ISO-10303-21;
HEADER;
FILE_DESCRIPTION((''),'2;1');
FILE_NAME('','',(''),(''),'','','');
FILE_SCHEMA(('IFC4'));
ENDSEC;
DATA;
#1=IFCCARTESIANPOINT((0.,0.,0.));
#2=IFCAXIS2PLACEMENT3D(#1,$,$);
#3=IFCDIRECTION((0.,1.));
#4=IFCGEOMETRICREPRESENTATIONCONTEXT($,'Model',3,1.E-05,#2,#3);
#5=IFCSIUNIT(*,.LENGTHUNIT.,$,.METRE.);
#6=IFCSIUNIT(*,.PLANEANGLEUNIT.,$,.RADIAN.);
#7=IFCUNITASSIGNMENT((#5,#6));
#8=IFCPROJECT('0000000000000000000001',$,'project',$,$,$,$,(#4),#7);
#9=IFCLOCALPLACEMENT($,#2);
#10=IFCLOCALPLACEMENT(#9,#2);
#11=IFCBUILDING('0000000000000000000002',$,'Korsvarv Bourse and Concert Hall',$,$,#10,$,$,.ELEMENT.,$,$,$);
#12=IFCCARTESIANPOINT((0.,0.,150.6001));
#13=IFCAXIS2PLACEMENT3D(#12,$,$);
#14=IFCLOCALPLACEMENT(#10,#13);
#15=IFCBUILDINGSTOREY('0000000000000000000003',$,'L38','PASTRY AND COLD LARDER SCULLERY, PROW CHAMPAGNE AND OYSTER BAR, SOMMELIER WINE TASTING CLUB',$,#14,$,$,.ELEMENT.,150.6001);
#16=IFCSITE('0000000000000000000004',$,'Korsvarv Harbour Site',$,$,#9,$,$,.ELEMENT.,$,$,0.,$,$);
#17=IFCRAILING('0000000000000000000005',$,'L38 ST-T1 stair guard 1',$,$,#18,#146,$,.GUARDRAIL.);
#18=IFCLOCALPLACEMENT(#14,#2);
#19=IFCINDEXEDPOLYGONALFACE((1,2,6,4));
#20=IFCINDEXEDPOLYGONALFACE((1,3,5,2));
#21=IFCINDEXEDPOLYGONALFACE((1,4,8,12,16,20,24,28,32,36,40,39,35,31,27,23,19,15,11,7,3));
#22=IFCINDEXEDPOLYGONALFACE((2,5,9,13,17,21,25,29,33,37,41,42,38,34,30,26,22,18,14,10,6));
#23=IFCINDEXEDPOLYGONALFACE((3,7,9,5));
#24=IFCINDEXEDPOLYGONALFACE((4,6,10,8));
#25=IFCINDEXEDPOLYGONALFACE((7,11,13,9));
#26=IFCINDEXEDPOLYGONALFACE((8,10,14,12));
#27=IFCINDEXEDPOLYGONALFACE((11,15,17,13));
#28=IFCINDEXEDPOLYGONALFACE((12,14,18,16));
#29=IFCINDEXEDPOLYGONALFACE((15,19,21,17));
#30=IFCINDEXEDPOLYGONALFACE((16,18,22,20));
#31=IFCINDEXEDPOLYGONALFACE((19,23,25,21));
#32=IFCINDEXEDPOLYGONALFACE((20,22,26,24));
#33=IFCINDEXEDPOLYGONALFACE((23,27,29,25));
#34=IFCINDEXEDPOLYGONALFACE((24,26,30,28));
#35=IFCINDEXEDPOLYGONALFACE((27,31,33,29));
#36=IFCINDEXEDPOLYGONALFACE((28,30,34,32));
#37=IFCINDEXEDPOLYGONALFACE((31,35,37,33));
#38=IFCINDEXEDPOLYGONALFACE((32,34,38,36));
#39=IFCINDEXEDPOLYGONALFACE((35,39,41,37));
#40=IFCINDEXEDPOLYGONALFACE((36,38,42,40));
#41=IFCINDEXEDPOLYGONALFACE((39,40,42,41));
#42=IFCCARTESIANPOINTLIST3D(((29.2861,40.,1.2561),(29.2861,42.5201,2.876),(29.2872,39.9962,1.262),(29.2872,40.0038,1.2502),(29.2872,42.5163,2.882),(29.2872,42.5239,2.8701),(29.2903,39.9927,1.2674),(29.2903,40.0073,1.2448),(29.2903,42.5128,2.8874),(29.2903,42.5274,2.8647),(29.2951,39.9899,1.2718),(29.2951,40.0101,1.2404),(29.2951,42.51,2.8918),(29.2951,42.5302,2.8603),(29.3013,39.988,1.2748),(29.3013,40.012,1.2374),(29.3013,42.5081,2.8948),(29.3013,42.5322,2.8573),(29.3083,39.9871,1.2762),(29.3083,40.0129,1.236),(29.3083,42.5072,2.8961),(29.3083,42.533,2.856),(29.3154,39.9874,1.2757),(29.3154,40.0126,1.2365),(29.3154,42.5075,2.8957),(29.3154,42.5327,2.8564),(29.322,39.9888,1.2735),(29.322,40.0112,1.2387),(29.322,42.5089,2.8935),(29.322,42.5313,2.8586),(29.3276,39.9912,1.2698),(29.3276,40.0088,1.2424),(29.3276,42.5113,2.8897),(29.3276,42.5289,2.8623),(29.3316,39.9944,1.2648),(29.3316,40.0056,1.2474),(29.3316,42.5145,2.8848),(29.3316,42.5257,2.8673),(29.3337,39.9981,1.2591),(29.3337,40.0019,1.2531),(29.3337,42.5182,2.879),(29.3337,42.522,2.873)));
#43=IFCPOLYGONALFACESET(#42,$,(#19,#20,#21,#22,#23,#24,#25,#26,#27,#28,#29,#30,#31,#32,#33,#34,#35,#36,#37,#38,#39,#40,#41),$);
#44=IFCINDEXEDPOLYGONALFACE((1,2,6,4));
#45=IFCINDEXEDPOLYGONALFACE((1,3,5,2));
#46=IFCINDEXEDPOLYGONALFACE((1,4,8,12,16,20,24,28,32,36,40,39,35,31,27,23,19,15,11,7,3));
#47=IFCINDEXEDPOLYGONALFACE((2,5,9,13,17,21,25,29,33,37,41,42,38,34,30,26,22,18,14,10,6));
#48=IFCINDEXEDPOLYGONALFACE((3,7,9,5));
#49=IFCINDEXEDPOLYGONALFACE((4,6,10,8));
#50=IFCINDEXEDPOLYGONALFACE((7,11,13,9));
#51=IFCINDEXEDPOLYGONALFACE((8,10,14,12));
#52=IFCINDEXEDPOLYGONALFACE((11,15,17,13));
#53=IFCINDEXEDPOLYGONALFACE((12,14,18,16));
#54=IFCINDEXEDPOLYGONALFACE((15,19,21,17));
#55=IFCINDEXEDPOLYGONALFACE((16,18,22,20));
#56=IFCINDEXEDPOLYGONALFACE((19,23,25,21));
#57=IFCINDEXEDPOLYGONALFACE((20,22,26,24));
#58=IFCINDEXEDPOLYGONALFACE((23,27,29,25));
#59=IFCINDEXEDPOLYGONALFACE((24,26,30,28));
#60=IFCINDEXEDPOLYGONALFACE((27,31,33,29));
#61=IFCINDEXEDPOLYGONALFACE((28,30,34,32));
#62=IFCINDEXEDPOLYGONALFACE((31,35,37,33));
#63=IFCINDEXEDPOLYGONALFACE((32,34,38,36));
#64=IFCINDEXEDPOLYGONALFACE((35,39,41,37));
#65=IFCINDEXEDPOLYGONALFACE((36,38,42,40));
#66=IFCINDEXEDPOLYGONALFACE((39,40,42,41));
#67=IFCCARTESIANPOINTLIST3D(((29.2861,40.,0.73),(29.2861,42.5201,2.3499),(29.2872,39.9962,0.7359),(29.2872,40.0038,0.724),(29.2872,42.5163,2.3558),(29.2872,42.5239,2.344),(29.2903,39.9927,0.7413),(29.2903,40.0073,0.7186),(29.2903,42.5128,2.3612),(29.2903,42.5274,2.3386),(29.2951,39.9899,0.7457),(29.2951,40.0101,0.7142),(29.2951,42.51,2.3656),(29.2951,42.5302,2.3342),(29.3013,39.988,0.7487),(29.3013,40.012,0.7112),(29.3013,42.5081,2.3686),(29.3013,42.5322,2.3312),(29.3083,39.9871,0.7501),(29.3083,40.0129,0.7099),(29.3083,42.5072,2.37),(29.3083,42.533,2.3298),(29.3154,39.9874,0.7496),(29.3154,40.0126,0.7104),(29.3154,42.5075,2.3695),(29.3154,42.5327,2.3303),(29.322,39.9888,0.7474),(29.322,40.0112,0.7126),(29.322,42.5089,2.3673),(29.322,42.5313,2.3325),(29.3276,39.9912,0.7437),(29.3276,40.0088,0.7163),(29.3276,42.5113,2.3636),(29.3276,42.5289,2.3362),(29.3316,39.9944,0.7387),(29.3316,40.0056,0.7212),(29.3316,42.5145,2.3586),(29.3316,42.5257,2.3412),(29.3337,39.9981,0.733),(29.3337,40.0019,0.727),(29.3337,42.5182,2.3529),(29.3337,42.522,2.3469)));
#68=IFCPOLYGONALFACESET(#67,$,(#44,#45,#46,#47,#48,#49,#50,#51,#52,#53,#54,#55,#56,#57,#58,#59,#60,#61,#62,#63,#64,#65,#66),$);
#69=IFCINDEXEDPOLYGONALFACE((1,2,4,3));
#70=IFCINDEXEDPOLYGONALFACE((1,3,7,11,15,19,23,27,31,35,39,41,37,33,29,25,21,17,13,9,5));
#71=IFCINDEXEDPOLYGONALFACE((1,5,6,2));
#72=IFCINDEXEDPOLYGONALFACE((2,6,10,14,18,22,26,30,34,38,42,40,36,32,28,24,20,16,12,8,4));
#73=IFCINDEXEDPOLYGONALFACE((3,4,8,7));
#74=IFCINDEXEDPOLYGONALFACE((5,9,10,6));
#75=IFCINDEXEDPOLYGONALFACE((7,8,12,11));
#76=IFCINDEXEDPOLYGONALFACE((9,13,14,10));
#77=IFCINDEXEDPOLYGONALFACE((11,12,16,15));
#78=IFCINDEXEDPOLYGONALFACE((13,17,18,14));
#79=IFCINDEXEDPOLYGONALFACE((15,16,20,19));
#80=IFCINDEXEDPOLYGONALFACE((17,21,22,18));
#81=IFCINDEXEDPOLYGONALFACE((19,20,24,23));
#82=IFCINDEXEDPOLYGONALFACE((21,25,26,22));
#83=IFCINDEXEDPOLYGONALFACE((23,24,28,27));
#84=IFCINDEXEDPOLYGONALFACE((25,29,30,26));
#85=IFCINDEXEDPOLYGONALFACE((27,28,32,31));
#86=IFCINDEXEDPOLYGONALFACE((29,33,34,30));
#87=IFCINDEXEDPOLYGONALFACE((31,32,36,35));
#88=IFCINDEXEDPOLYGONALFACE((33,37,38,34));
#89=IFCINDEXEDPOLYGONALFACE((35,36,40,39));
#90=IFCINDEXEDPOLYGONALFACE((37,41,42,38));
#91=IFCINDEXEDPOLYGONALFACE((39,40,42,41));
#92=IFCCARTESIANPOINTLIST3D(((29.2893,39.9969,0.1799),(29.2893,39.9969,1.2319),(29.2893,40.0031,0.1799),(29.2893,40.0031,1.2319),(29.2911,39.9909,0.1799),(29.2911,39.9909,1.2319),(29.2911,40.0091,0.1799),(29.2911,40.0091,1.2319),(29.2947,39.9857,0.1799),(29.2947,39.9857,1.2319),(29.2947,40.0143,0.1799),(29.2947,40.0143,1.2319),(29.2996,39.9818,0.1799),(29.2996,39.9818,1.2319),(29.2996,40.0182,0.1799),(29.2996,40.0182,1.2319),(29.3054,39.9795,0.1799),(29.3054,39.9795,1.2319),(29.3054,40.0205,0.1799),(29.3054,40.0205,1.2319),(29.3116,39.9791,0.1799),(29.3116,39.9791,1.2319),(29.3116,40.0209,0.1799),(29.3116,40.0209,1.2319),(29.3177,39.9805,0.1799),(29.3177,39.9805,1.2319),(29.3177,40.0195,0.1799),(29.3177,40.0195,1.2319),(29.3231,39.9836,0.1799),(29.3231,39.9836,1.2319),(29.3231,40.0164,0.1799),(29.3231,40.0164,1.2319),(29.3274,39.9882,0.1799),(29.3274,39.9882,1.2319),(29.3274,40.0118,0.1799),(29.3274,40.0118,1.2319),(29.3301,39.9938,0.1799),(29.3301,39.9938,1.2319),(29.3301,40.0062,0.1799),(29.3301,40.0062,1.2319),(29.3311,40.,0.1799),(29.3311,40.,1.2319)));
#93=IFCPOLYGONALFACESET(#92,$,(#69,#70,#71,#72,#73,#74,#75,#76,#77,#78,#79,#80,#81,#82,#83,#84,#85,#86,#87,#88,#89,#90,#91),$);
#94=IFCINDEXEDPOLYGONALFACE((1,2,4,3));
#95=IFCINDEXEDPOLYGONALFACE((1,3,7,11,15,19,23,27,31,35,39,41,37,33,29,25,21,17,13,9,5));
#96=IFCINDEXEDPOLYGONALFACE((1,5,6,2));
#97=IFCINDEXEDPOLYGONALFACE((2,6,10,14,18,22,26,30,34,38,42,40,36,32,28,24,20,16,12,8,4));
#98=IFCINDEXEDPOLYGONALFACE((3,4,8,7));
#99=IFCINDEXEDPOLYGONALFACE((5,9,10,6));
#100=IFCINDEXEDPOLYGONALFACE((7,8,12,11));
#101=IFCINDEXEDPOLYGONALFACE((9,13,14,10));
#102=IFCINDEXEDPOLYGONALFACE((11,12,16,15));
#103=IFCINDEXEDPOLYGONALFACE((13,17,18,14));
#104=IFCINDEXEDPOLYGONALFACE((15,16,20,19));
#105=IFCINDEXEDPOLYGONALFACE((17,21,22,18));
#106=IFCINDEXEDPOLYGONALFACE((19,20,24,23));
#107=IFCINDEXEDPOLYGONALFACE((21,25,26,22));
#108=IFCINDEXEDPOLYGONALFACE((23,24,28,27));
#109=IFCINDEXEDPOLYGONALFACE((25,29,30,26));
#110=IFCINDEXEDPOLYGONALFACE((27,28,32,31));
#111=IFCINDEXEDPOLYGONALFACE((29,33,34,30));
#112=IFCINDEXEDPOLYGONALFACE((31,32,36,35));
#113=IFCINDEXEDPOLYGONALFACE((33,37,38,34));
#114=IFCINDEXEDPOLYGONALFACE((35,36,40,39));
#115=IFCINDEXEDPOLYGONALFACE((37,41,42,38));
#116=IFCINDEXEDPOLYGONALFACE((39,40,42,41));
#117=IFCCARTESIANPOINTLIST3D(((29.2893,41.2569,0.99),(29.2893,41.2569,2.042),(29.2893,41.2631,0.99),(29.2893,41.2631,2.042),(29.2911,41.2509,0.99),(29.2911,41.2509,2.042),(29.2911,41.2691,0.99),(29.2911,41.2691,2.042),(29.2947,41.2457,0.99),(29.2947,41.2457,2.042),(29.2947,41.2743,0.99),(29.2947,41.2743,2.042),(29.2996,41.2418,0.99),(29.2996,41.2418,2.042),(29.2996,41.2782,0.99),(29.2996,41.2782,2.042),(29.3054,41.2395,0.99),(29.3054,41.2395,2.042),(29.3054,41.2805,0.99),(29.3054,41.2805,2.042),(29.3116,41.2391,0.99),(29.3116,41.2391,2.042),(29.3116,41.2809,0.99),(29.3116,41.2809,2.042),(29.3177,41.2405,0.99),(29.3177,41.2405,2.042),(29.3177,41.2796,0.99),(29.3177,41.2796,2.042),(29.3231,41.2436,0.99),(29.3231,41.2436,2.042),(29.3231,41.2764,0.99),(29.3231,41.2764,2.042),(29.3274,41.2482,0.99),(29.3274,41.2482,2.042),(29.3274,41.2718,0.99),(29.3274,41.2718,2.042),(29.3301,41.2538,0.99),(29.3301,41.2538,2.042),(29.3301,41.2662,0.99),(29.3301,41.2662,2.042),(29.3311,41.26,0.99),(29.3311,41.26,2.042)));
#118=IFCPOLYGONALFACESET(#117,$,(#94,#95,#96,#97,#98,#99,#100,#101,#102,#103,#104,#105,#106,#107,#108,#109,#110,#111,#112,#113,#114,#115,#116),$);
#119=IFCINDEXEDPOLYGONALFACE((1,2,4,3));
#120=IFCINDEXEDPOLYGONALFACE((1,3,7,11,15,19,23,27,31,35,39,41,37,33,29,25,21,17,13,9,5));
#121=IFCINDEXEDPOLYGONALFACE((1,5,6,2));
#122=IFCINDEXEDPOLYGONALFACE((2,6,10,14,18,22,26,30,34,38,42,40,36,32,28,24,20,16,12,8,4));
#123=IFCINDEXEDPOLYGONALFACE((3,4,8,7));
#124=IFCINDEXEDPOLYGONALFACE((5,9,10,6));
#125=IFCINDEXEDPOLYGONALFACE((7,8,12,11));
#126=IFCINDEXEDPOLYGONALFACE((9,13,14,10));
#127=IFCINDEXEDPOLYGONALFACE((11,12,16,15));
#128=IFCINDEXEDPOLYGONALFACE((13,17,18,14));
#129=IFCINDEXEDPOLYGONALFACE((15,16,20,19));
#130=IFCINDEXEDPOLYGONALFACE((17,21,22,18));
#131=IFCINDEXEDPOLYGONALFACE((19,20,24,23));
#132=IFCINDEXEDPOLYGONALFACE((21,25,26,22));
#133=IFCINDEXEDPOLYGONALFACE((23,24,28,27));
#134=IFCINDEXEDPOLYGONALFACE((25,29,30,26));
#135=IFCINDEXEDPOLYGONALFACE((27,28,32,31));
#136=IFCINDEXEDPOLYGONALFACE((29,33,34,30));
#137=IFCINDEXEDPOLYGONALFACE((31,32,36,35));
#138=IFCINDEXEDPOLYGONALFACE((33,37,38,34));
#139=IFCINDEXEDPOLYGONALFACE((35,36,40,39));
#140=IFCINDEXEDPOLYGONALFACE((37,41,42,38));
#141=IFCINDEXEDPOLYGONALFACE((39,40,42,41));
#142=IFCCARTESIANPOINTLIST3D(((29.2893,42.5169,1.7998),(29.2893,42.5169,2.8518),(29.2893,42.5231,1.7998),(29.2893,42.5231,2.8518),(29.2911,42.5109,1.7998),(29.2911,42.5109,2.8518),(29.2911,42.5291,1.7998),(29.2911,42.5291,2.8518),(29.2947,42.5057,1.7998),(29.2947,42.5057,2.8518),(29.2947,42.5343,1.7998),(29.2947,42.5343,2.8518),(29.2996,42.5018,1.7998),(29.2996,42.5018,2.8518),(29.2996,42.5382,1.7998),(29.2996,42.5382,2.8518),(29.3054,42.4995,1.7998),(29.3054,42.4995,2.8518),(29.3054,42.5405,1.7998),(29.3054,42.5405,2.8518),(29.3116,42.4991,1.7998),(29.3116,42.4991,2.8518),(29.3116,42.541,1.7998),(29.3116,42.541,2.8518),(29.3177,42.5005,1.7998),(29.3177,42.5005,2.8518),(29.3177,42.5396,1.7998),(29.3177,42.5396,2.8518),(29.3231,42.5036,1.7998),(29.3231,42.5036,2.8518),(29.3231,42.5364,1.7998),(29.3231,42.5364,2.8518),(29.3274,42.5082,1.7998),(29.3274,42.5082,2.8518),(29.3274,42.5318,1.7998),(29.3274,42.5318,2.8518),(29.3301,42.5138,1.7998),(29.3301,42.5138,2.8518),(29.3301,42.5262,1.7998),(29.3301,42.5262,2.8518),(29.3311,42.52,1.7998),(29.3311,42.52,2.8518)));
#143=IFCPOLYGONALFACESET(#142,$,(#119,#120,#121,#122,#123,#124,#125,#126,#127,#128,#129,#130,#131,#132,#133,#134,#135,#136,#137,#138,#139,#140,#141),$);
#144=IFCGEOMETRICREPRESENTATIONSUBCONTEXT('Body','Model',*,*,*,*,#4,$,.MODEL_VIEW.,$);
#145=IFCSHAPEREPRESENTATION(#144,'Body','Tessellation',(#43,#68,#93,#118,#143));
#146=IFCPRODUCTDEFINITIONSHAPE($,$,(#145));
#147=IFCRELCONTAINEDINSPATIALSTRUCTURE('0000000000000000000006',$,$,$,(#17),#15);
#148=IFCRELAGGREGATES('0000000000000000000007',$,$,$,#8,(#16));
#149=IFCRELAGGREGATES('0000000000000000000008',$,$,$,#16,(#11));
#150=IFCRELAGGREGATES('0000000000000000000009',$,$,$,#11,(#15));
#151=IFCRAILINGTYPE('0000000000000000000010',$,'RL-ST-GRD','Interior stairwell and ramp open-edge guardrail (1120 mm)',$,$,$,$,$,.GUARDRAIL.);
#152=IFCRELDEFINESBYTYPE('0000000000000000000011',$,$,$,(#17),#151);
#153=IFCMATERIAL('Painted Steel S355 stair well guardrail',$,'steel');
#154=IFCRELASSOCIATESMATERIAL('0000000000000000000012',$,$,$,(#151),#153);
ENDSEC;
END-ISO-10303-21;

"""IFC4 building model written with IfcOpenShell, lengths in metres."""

from ifc_helpers import new_model, si_unit, direction, frame, origin, origin_2d, place, context, subcontext, project, spatial, circle, extrude, material, type_object, element, save


model = new_model("IFC4")

# Units and contexts
model_context = context("Model", 3, precision=1e-05, world=origin(), true_north=direction((0.0, 1.0)))
body_context = subcontext(model_context, "Body", "Model", "MODEL_VIEW")
ifc_project = project(units=[si_unit("LENGTHUNIT", "METRE"), si_unit("PLANEANGLEUNIT", "RADIAN")], contexts=[model_context])

# Site, building, storey
site_placement = place(None, origin())
site = spatial("IfcSite", under=ifc_project, at=site_placement, Name="Korsvarv Harbour Site", CompositionType="ELEMENT", RefElevation=0.0)
building_placement = place(site_placement, origin())
building = spatial("IfcBuilding", under=site, at=building_placement, Name="Korsvarv Bourse and Concert Hall", CompositionType="ELEMENT")
storey_placement = place(building_placement, frame((0.0, 0.0, 150.6001)))
storey = spatial("IfcBuildingStorey", under=building, at=storey_placement, Name="L38", Description="PASTRY AND COLD LARDER SCULLERY, PROW CHAMPAGNE AND OYSTER BAR, SOMMELIER WINE TASTING CLUB", CompositionType="ELEMENT", Elevation=150.6001)

# Railing
ifc_material_1 = material(Name="Painted Steel S355 stair well guardrail", Category="steel")
railing_type_1 = type_object("IfcRailingType", Name="RL-ST-GRD", Description="Interior stairwell and ramp open-edge guardrail (1120 mm)", PredefinedType="GUARDRAIL", material=ifc_material_1)
railing_1_placement = place(storey_placement, frame((29.3101, 40.0, 0.1799)))
element("IfcRailing", 1, at=railing_1_placement, inside=storey, type_object=railing_type_1, Name="L38 ST-T1 stair guard 1", PredefinedType="GUARDRAIL", context=body_context, shape_type="SweptSolid", body=[
    extrude(circle(Radius=0.0239, at=origin_2d()), frame((0.0, 0.0, 1.0762), z_axis=(0.0, 0.8412, 0.540725), x_axis=(-1.0, 0.0, 0.0)), (0.0, 0.0, 1.0), 2.9958),
    extrude(circle(Radius=0.0239, at=origin_2d()), frame((0.0, 0.0, 0.55), z_axis=(0.0, 0.8412, 0.540725), x_axis=(-1.0, 0.0, 0.0)), (0.0, 0.0, 1.0), 2.9958),
    extrude(circle(Radius=0.021, at=origin_2d()), origin(), (0.0, 0.0, 1.0), 1.052),
    extrude(circle(Radius=0.021, at=origin_2d()), frame((0.0, 1.26, 0.8101)), (0.0, 0.0, 1.0), 1.052),
    extrude(circle(Radius=0.021, at=origin_2d()), frame((0.0, 2.52, 1.6199)), (0.0, 0.0, 1.0), 1.052),
])

save(model, "model.ifc")
